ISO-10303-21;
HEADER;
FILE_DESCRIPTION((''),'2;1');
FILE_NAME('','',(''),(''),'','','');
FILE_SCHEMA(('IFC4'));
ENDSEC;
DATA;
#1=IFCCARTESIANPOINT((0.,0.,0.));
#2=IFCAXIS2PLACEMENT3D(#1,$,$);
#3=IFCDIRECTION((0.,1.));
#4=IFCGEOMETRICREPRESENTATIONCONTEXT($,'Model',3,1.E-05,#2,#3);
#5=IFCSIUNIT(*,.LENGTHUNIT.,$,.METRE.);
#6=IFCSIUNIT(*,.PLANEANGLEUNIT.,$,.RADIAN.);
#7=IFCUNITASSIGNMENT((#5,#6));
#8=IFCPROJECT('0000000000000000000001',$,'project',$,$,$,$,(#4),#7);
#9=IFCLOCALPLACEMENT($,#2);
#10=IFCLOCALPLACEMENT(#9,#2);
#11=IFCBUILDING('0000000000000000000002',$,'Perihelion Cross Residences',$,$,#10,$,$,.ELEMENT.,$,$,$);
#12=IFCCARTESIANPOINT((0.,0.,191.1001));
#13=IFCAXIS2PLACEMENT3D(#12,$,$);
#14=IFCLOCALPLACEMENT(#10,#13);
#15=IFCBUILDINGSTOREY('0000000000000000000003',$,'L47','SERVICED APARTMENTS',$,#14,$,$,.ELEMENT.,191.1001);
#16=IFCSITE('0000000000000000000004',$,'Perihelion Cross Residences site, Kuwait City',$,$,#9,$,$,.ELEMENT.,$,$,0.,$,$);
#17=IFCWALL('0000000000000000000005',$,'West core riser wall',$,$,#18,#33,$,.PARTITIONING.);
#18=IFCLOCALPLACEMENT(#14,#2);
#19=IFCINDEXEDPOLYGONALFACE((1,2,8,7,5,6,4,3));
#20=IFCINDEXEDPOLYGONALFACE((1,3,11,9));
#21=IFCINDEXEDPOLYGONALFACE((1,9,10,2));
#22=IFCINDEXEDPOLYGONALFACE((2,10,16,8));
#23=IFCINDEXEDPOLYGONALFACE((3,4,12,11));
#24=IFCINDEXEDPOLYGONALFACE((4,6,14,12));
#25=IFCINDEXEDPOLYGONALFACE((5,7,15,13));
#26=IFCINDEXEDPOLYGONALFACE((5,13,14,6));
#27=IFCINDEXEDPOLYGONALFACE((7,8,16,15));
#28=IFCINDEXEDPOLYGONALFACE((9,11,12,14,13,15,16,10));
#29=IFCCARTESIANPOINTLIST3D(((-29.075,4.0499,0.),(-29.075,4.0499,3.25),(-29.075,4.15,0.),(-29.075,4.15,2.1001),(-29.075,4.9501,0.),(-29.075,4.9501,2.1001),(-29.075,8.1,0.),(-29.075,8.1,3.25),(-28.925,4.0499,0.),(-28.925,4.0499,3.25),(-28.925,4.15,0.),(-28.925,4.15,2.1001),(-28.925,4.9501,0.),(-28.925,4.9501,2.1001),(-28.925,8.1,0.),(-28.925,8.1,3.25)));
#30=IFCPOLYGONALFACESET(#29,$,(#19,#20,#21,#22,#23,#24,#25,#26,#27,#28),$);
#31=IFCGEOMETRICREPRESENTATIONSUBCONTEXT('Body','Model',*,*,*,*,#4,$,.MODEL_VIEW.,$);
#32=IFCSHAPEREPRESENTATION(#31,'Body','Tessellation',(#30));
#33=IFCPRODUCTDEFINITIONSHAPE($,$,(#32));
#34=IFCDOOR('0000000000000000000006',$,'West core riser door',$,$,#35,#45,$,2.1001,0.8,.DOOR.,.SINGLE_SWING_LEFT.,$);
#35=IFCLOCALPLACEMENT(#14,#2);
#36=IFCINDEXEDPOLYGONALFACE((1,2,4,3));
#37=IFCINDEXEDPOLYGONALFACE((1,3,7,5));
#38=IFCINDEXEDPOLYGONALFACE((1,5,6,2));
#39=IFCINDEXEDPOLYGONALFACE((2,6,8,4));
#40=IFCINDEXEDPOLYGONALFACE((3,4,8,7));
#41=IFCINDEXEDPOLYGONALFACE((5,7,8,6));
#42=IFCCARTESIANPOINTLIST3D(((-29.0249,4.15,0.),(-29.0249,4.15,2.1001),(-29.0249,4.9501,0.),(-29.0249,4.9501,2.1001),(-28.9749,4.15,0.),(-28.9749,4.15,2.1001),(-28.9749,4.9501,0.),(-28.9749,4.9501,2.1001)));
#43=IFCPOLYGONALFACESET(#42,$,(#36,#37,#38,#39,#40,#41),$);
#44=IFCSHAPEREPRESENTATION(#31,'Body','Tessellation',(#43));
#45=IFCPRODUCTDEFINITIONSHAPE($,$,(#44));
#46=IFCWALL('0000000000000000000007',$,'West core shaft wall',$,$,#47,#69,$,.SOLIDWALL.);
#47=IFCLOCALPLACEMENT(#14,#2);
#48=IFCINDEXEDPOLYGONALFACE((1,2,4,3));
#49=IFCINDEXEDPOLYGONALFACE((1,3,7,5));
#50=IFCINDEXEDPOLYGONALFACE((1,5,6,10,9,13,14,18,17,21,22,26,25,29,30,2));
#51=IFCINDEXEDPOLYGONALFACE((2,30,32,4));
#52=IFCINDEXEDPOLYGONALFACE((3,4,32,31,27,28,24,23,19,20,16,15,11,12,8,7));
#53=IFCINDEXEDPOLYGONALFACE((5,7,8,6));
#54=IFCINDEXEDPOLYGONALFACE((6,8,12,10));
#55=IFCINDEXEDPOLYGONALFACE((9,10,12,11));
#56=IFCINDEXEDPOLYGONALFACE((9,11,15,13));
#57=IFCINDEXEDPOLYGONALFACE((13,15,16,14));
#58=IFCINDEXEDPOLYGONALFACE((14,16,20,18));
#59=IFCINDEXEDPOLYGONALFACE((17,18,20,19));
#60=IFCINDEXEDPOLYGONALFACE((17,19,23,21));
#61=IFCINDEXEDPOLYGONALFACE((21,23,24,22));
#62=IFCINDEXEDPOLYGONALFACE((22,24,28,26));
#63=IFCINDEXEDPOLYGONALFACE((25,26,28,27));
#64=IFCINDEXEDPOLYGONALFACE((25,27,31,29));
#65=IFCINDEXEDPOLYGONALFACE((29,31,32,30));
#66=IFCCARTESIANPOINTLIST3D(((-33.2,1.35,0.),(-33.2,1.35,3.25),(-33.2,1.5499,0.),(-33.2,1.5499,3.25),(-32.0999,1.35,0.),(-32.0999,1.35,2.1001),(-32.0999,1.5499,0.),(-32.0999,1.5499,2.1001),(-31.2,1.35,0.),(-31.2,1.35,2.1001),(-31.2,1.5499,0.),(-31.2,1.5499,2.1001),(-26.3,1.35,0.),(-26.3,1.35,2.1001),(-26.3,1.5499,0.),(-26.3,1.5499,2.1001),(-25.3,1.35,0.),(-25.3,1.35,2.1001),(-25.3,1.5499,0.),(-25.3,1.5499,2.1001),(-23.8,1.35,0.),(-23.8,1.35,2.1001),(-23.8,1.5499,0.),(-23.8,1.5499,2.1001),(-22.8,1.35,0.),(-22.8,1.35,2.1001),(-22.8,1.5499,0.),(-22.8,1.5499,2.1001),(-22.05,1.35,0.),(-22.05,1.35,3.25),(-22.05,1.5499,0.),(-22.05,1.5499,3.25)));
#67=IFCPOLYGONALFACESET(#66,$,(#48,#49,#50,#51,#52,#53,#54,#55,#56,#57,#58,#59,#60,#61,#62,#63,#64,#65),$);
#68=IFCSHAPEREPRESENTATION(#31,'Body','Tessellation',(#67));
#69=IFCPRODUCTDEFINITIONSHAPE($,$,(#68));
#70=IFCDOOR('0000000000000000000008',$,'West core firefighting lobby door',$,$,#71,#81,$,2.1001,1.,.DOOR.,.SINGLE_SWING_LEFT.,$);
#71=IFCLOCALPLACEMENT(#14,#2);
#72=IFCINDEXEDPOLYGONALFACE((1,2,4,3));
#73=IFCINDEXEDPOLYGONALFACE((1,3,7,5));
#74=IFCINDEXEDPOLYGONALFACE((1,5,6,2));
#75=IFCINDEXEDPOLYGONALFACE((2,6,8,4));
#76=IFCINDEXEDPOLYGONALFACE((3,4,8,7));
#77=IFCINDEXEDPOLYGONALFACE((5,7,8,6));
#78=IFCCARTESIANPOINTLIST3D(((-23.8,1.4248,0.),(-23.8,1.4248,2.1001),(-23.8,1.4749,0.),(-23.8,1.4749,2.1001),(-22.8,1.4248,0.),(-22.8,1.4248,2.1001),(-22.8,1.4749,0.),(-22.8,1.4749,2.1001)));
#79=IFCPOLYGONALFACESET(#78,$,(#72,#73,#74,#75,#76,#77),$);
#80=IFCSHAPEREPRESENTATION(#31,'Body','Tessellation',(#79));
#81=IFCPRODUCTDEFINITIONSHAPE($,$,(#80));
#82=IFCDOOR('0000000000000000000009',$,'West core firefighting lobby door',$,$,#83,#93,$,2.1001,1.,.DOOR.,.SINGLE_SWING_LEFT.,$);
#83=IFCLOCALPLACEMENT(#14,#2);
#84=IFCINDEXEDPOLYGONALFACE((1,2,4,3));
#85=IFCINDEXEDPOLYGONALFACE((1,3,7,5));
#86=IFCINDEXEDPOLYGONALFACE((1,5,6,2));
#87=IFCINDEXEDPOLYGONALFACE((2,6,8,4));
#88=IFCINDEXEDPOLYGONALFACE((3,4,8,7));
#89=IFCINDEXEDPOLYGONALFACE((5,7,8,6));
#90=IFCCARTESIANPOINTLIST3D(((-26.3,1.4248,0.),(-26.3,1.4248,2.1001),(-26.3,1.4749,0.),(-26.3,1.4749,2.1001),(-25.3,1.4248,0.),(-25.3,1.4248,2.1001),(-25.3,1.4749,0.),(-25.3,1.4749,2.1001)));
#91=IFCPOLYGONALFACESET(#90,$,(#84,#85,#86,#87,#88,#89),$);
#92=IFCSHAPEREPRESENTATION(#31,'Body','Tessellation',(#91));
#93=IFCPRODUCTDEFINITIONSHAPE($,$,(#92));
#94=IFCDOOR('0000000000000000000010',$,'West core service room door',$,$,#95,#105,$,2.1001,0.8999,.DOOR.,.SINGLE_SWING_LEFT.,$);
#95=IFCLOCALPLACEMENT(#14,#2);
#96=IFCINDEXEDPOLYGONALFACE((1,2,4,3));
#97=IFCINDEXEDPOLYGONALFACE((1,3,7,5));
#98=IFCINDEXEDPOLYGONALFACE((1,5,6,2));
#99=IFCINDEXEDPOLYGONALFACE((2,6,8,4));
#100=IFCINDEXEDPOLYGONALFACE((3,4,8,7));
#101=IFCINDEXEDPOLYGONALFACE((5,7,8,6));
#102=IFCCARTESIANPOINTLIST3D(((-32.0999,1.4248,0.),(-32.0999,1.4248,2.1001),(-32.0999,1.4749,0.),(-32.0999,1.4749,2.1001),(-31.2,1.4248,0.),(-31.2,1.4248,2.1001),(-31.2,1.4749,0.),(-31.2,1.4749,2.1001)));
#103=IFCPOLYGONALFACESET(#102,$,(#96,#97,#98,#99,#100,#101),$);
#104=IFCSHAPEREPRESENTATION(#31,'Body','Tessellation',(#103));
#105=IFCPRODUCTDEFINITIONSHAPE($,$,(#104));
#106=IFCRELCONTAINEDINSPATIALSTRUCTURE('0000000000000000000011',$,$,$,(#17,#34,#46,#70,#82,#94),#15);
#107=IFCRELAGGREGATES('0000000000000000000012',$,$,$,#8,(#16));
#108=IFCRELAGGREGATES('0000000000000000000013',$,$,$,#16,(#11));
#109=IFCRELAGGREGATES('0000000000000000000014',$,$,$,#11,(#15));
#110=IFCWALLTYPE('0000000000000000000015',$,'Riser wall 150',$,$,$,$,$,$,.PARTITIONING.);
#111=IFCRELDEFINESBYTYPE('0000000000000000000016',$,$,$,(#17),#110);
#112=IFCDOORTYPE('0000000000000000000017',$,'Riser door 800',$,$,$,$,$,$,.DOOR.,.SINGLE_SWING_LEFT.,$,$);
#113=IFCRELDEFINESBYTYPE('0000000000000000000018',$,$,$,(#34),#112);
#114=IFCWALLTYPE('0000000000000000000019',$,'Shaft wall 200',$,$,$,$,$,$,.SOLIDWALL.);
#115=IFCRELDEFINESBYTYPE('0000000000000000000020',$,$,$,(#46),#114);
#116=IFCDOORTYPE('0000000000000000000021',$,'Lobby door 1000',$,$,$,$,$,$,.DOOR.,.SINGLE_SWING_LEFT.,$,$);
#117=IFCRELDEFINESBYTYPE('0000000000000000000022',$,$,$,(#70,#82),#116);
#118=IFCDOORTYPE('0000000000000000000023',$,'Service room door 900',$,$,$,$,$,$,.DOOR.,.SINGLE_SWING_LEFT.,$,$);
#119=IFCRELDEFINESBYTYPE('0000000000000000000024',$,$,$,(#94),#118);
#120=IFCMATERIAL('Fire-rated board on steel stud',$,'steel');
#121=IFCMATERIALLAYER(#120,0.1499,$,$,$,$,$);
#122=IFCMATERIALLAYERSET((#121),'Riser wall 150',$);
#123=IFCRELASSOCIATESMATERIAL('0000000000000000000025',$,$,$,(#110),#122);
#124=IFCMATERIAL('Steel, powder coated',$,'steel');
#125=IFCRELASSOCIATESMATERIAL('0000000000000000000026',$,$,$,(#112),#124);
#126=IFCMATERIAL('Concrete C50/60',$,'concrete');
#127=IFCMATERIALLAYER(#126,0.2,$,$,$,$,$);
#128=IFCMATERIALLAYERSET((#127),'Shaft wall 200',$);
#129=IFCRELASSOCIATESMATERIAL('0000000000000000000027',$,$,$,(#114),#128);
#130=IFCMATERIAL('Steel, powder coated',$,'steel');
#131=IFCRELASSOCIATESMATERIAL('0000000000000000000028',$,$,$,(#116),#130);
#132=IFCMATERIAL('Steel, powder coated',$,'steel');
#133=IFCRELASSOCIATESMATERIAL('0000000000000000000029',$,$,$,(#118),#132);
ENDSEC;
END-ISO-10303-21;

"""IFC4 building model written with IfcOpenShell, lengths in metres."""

from ifc_helpers import new_model, si_unit, direction, frame, frame_2d, origin, place, context, subcontext, project, spatial, rectangle, extrude, material, layer, layer_set, type_object, element, fill, save


model = new_model("IFC4")

# Units and contexts
model_context = context("Model", 3, precision=1e-05, world=origin(), true_north=direction((0.0, 1.0)))
body_context = subcontext(model_context, "Body", "Model", "MODEL_VIEW")
ifc_project = project(units=[si_unit("LENGTHUNIT", "METRE"), si_unit("PLANEANGLEUNIT", "RADIAN")], contexts=[model_context])

# Site, building, storey
site_placement = place(None, origin())
site = spatial("IfcSite", under=ifc_project, at=site_placement, Name="Perihelion Cross Residences site, Kuwait City", CompositionType="ELEMENT", RefElevation=0.0)
building_placement = place(site_placement, origin())
building = spatial("IfcBuilding", under=site, at=building_placement, Name="Perihelion Cross Residences", CompositionType="ELEMENT")
storey_placement = place(building_placement, frame((0.0, 0.0, 191.1001)))
storey = spatial("IfcBuildingStorey", under=building, at=storey_placement, Name="L47", Description="SERVICED APARTMENTS", CompositionType="ELEMENT", Elevation=191.1001)

# Wall, opening, door
ifc_material_1 = material(Name="Fire-rated board on steel stud", Category="steel")
ifc_layer_1 = layer(ifc_material_1, 0.1499)
ifc_layer_set_1 = layer_set([ifc_layer_1], Name="Riser wall 150")
wall_type_1 = type_object("IfcWallType", Name="Riser wall 150", PredefinedType="PARTITIONING", material=ifc_layer_set_1)
wall_1_placement = place(storey_placement, frame((-29.0, 4.05, 0.0), z_axis=(0.0, 0.0, 1.0), x_axis=(0.0, 1.0, 0.0)))
wall_1 = element("IfcWall", 1, at=wall_1_placement, inside=storey, type_object=wall_type_1, Name="West core riser wall", PredefinedType="PARTITIONING", context=body_context, shape_type="SweptSolid", body=[
    extrude(rectangle(XDim=4.05, YDim=0.1499, at=frame_2d((2.0249, 0.0))), origin(), (0.0, 0.0, 1.0), 3.25),
])
opening_1_placement = place(wall_1_placement, frame((0.1001, 0.0, 0.0)))
opening_1 = element("IfcOpeningElement", 2, at=opening_1_placement, cuts=wall_1, PredefinedType="OPENING", context=body_context, shape_type="SweptSolid", body=[
    extrude(rectangle(XDim=0.8, YDim=2.1001, at=frame_2d((0.3999, 1.05))), frame((0.0, 0.085, 0.0), z_axis=(0.0, -1.0, 0.0), x_axis=(1.0, 0.0, 0.0)), (0.0, 0.0, 1.0), 0.1699),
])
ifc_material_2 = material(Name="Steel, powder coated", Category="steel")
door_type_1 = type_object("IfcDoorType", Name="Riser door 800", OperationType="SINGLE_SWING_LEFT", PredefinedType="DOOR", material=ifc_material_2)
door_1_placement = place(opening_1_placement, origin())
door_1 = element("IfcDoor", 3, at=door_1_placement, inside=storey, type_object=door_type_1, Name="West core riser door", OperationType="SINGLE_SWING_LEFT", OverallHeight=2.1001, OverallWidth=0.8, PredefinedType="DOOR", context=body_context, shape_type="SweptSolid", body=[
    extrude(rectangle(XDim=0.8, YDim=2.1001, at=frame_2d((0.3999, 1.05))), frame((0.0, 0.0249, 0.0), z_axis=(0.0, -1.0, 0.0), x_axis=(1.0, 0.0, 0.0)), (0.0, 0.0, 1.0), 0.05),
])
fill(opening_1, door_1)

# Wall, openings, doors
ifc_material_3 = material(Name="Concrete C50/60", Category="concrete")
ifc_layer_2 = layer(ifc_material_3, 0.2)
ifc_layer_set_2 = layer_set([ifc_layer_2], Name="Shaft wall 200")
wall_type_2 = type_object("IfcWallType", Name="Shaft wall 200", PredefinedType="SOLIDWALL", material=ifc_layer_set_2)
wall_2_placement = place(storey_placement, frame((-33.2, 1.45, 0.0), z_axis=(0.0, 0.0, 1.0), x_axis=(1.0, 0.0, 0.0)))
wall_2 = element("IfcWall", 4, at=wall_2_placement, inside=storey, type_object=wall_type_2, Name="West core shaft wall", PredefinedType="SOLIDWALL", context=body_context, shape_type="SweptSolid", body=[
    extrude(rectangle(XDim=11.1499, YDim=0.2, at=frame_2d((5.575, 0.0))), origin(), (0.0, 0.0, 1.0), 3.25),
])
opening_2_placement = place(wall_2_placement, frame((9.3999, 0.0, 0.0)))
opening_2 = element("IfcOpeningElement", 5, at=opening_2_placement, cuts=wall_2, PredefinedType="OPENING", context=body_context, shape_type="SweptSolid", body=[
    extrude(rectangle(XDim=1.0, YDim=2.1001, at=frame_2d((0.5, 1.05))), frame((0.0, 0.1099, 0.0), z_axis=(0.0, -1.0, 0.0), x_axis=(1.0, 0.0, 0.0)), (0.0, 0.0, 1.0), 0.22),
])
opening_3_placement = place(wall_2_placement, frame((6.8999, 0.0, 0.0)))
opening_3 = element("IfcOpeningElement", 6, at=opening_3_placement, cuts=wall_2, PredefinedType="OPENING", context=body_context, shape_type="SweptSolid", body=[
    extrude(rectangle(XDim=1.0, YDim=2.1001, at=frame_2d((0.5, 1.05))), frame((0.0, 0.1099, 0.0), z_axis=(0.0, -1.0, 0.0), x_axis=(1.0, 0.0, 0.0)), (0.0, 0.0, 1.0), 0.22),
])
opening_4_placement = place(wall_2_placement, frame((1.1001, 0.0, 0.0)))
opening_4 = element("IfcOpeningElement", 7, at=opening_4_placement, cuts=wall_2, PredefinedType="OPENING", context=body_context, shape_type="SweptSolid", body=[
    extrude(rectangle(XDim=0.8999, YDim=2.1001, at=frame_2d((0.45, 1.05))), frame((0.0, 0.1099, 0.0), z_axis=(0.0, -1.0, 0.0), x_axis=(1.0, 0.0, 0.0)), (0.0, 0.0, 1.0), 0.22),
])
ifc_material_4 = material(Name="Steel, powder coated", Category="steel")
door_type_2 = type_object("IfcDoorType", Name="Lobby door 1000", OperationType="SINGLE_SWING_LEFT", PredefinedType="DOOR", material=ifc_material_4)
door_2_placement = place(opening_2_placement, origin())
door_2 = element("IfcDoor", 8, at=door_2_placement, inside=storey, type_object=door_type_2, Name="West core firefighting lobby door", OperationType="SINGLE_SWING_LEFT", OverallHeight=2.1001, OverallWidth=1.0, PredefinedType="DOOR", context=body_context, shape_type="SweptSolid", body=[
    extrude(rectangle(XDim=1.0, YDim=2.1001, at=frame_2d((0.5, 1.05))), frame((0.0, 0.0249, 0.0), z_axis=(0.0, -1.0, 0.0), x_axis=(1.0, 0.0, 0.0)), (0.0, 0.0, 1.0), 0.05),
])
fill(opening_2, door_2)
door_3_placement = place(opening_3_placement, origin())
door_3 = element("IfcDoor", 9, at=door_3_placement, inside=storey, type_object=door_type_2, Name="West core firefighting lobby door", OperationType="SINGLE_SWING_LEFT", OverallHeight=2.1001, OverallWidth=1.0, PredefinedType="DOOR", context=body_context, shape_type="SweptSolid", body=[
    extrude(rectangle(XDim=1.0, YDim=2.1001, at=frame_2d((0.5, 1.05))), frame((0.0, 0.0249, 0.0), z_axis=(0.0, -1.0, 0.0), x_axis=(1.0, 0.0, 0.0)), (0.0, 0.0, 1.0), 0.05),
])
fill(opening_3, door_3)
ifc_material_5 = material(Name="Steel, powder coated", Category="steel")
door_type_3 = type_object("IfcDoorType", Name="Service room door 900", OperationType="SINGLE_SWING_LEFT", PredefinedType="DOOR", material=ifc_material_5)
door_4_placement = place(opening_4_placement, origin())
door_4 = element("IfcDoor", 10, at=door_4_placement, inside=storey, type_object=door_type_3, Name="West core service room door", OperationType="SINGLE_SWING_LEFT", OverallHeight=2.1001, OverallWidth=0.8999, PredefinedType="DOOR", context=body_context, shape_type="SweptSolid", body=[
    extrude(rectangle(XDim=0.8999, YDim=2.1001, at=frame_2d((0.45, 1.05))), frame((0.0, 0.0249, 0.0), z_axis=(0.0, -1.0, 0.0), x_axis=(1.0, 0.0, 0.0)), (0.0, 0.0, 1.0), 0.05),
])
fill(opening_4, door_4)

save(model, "model.ifc")
